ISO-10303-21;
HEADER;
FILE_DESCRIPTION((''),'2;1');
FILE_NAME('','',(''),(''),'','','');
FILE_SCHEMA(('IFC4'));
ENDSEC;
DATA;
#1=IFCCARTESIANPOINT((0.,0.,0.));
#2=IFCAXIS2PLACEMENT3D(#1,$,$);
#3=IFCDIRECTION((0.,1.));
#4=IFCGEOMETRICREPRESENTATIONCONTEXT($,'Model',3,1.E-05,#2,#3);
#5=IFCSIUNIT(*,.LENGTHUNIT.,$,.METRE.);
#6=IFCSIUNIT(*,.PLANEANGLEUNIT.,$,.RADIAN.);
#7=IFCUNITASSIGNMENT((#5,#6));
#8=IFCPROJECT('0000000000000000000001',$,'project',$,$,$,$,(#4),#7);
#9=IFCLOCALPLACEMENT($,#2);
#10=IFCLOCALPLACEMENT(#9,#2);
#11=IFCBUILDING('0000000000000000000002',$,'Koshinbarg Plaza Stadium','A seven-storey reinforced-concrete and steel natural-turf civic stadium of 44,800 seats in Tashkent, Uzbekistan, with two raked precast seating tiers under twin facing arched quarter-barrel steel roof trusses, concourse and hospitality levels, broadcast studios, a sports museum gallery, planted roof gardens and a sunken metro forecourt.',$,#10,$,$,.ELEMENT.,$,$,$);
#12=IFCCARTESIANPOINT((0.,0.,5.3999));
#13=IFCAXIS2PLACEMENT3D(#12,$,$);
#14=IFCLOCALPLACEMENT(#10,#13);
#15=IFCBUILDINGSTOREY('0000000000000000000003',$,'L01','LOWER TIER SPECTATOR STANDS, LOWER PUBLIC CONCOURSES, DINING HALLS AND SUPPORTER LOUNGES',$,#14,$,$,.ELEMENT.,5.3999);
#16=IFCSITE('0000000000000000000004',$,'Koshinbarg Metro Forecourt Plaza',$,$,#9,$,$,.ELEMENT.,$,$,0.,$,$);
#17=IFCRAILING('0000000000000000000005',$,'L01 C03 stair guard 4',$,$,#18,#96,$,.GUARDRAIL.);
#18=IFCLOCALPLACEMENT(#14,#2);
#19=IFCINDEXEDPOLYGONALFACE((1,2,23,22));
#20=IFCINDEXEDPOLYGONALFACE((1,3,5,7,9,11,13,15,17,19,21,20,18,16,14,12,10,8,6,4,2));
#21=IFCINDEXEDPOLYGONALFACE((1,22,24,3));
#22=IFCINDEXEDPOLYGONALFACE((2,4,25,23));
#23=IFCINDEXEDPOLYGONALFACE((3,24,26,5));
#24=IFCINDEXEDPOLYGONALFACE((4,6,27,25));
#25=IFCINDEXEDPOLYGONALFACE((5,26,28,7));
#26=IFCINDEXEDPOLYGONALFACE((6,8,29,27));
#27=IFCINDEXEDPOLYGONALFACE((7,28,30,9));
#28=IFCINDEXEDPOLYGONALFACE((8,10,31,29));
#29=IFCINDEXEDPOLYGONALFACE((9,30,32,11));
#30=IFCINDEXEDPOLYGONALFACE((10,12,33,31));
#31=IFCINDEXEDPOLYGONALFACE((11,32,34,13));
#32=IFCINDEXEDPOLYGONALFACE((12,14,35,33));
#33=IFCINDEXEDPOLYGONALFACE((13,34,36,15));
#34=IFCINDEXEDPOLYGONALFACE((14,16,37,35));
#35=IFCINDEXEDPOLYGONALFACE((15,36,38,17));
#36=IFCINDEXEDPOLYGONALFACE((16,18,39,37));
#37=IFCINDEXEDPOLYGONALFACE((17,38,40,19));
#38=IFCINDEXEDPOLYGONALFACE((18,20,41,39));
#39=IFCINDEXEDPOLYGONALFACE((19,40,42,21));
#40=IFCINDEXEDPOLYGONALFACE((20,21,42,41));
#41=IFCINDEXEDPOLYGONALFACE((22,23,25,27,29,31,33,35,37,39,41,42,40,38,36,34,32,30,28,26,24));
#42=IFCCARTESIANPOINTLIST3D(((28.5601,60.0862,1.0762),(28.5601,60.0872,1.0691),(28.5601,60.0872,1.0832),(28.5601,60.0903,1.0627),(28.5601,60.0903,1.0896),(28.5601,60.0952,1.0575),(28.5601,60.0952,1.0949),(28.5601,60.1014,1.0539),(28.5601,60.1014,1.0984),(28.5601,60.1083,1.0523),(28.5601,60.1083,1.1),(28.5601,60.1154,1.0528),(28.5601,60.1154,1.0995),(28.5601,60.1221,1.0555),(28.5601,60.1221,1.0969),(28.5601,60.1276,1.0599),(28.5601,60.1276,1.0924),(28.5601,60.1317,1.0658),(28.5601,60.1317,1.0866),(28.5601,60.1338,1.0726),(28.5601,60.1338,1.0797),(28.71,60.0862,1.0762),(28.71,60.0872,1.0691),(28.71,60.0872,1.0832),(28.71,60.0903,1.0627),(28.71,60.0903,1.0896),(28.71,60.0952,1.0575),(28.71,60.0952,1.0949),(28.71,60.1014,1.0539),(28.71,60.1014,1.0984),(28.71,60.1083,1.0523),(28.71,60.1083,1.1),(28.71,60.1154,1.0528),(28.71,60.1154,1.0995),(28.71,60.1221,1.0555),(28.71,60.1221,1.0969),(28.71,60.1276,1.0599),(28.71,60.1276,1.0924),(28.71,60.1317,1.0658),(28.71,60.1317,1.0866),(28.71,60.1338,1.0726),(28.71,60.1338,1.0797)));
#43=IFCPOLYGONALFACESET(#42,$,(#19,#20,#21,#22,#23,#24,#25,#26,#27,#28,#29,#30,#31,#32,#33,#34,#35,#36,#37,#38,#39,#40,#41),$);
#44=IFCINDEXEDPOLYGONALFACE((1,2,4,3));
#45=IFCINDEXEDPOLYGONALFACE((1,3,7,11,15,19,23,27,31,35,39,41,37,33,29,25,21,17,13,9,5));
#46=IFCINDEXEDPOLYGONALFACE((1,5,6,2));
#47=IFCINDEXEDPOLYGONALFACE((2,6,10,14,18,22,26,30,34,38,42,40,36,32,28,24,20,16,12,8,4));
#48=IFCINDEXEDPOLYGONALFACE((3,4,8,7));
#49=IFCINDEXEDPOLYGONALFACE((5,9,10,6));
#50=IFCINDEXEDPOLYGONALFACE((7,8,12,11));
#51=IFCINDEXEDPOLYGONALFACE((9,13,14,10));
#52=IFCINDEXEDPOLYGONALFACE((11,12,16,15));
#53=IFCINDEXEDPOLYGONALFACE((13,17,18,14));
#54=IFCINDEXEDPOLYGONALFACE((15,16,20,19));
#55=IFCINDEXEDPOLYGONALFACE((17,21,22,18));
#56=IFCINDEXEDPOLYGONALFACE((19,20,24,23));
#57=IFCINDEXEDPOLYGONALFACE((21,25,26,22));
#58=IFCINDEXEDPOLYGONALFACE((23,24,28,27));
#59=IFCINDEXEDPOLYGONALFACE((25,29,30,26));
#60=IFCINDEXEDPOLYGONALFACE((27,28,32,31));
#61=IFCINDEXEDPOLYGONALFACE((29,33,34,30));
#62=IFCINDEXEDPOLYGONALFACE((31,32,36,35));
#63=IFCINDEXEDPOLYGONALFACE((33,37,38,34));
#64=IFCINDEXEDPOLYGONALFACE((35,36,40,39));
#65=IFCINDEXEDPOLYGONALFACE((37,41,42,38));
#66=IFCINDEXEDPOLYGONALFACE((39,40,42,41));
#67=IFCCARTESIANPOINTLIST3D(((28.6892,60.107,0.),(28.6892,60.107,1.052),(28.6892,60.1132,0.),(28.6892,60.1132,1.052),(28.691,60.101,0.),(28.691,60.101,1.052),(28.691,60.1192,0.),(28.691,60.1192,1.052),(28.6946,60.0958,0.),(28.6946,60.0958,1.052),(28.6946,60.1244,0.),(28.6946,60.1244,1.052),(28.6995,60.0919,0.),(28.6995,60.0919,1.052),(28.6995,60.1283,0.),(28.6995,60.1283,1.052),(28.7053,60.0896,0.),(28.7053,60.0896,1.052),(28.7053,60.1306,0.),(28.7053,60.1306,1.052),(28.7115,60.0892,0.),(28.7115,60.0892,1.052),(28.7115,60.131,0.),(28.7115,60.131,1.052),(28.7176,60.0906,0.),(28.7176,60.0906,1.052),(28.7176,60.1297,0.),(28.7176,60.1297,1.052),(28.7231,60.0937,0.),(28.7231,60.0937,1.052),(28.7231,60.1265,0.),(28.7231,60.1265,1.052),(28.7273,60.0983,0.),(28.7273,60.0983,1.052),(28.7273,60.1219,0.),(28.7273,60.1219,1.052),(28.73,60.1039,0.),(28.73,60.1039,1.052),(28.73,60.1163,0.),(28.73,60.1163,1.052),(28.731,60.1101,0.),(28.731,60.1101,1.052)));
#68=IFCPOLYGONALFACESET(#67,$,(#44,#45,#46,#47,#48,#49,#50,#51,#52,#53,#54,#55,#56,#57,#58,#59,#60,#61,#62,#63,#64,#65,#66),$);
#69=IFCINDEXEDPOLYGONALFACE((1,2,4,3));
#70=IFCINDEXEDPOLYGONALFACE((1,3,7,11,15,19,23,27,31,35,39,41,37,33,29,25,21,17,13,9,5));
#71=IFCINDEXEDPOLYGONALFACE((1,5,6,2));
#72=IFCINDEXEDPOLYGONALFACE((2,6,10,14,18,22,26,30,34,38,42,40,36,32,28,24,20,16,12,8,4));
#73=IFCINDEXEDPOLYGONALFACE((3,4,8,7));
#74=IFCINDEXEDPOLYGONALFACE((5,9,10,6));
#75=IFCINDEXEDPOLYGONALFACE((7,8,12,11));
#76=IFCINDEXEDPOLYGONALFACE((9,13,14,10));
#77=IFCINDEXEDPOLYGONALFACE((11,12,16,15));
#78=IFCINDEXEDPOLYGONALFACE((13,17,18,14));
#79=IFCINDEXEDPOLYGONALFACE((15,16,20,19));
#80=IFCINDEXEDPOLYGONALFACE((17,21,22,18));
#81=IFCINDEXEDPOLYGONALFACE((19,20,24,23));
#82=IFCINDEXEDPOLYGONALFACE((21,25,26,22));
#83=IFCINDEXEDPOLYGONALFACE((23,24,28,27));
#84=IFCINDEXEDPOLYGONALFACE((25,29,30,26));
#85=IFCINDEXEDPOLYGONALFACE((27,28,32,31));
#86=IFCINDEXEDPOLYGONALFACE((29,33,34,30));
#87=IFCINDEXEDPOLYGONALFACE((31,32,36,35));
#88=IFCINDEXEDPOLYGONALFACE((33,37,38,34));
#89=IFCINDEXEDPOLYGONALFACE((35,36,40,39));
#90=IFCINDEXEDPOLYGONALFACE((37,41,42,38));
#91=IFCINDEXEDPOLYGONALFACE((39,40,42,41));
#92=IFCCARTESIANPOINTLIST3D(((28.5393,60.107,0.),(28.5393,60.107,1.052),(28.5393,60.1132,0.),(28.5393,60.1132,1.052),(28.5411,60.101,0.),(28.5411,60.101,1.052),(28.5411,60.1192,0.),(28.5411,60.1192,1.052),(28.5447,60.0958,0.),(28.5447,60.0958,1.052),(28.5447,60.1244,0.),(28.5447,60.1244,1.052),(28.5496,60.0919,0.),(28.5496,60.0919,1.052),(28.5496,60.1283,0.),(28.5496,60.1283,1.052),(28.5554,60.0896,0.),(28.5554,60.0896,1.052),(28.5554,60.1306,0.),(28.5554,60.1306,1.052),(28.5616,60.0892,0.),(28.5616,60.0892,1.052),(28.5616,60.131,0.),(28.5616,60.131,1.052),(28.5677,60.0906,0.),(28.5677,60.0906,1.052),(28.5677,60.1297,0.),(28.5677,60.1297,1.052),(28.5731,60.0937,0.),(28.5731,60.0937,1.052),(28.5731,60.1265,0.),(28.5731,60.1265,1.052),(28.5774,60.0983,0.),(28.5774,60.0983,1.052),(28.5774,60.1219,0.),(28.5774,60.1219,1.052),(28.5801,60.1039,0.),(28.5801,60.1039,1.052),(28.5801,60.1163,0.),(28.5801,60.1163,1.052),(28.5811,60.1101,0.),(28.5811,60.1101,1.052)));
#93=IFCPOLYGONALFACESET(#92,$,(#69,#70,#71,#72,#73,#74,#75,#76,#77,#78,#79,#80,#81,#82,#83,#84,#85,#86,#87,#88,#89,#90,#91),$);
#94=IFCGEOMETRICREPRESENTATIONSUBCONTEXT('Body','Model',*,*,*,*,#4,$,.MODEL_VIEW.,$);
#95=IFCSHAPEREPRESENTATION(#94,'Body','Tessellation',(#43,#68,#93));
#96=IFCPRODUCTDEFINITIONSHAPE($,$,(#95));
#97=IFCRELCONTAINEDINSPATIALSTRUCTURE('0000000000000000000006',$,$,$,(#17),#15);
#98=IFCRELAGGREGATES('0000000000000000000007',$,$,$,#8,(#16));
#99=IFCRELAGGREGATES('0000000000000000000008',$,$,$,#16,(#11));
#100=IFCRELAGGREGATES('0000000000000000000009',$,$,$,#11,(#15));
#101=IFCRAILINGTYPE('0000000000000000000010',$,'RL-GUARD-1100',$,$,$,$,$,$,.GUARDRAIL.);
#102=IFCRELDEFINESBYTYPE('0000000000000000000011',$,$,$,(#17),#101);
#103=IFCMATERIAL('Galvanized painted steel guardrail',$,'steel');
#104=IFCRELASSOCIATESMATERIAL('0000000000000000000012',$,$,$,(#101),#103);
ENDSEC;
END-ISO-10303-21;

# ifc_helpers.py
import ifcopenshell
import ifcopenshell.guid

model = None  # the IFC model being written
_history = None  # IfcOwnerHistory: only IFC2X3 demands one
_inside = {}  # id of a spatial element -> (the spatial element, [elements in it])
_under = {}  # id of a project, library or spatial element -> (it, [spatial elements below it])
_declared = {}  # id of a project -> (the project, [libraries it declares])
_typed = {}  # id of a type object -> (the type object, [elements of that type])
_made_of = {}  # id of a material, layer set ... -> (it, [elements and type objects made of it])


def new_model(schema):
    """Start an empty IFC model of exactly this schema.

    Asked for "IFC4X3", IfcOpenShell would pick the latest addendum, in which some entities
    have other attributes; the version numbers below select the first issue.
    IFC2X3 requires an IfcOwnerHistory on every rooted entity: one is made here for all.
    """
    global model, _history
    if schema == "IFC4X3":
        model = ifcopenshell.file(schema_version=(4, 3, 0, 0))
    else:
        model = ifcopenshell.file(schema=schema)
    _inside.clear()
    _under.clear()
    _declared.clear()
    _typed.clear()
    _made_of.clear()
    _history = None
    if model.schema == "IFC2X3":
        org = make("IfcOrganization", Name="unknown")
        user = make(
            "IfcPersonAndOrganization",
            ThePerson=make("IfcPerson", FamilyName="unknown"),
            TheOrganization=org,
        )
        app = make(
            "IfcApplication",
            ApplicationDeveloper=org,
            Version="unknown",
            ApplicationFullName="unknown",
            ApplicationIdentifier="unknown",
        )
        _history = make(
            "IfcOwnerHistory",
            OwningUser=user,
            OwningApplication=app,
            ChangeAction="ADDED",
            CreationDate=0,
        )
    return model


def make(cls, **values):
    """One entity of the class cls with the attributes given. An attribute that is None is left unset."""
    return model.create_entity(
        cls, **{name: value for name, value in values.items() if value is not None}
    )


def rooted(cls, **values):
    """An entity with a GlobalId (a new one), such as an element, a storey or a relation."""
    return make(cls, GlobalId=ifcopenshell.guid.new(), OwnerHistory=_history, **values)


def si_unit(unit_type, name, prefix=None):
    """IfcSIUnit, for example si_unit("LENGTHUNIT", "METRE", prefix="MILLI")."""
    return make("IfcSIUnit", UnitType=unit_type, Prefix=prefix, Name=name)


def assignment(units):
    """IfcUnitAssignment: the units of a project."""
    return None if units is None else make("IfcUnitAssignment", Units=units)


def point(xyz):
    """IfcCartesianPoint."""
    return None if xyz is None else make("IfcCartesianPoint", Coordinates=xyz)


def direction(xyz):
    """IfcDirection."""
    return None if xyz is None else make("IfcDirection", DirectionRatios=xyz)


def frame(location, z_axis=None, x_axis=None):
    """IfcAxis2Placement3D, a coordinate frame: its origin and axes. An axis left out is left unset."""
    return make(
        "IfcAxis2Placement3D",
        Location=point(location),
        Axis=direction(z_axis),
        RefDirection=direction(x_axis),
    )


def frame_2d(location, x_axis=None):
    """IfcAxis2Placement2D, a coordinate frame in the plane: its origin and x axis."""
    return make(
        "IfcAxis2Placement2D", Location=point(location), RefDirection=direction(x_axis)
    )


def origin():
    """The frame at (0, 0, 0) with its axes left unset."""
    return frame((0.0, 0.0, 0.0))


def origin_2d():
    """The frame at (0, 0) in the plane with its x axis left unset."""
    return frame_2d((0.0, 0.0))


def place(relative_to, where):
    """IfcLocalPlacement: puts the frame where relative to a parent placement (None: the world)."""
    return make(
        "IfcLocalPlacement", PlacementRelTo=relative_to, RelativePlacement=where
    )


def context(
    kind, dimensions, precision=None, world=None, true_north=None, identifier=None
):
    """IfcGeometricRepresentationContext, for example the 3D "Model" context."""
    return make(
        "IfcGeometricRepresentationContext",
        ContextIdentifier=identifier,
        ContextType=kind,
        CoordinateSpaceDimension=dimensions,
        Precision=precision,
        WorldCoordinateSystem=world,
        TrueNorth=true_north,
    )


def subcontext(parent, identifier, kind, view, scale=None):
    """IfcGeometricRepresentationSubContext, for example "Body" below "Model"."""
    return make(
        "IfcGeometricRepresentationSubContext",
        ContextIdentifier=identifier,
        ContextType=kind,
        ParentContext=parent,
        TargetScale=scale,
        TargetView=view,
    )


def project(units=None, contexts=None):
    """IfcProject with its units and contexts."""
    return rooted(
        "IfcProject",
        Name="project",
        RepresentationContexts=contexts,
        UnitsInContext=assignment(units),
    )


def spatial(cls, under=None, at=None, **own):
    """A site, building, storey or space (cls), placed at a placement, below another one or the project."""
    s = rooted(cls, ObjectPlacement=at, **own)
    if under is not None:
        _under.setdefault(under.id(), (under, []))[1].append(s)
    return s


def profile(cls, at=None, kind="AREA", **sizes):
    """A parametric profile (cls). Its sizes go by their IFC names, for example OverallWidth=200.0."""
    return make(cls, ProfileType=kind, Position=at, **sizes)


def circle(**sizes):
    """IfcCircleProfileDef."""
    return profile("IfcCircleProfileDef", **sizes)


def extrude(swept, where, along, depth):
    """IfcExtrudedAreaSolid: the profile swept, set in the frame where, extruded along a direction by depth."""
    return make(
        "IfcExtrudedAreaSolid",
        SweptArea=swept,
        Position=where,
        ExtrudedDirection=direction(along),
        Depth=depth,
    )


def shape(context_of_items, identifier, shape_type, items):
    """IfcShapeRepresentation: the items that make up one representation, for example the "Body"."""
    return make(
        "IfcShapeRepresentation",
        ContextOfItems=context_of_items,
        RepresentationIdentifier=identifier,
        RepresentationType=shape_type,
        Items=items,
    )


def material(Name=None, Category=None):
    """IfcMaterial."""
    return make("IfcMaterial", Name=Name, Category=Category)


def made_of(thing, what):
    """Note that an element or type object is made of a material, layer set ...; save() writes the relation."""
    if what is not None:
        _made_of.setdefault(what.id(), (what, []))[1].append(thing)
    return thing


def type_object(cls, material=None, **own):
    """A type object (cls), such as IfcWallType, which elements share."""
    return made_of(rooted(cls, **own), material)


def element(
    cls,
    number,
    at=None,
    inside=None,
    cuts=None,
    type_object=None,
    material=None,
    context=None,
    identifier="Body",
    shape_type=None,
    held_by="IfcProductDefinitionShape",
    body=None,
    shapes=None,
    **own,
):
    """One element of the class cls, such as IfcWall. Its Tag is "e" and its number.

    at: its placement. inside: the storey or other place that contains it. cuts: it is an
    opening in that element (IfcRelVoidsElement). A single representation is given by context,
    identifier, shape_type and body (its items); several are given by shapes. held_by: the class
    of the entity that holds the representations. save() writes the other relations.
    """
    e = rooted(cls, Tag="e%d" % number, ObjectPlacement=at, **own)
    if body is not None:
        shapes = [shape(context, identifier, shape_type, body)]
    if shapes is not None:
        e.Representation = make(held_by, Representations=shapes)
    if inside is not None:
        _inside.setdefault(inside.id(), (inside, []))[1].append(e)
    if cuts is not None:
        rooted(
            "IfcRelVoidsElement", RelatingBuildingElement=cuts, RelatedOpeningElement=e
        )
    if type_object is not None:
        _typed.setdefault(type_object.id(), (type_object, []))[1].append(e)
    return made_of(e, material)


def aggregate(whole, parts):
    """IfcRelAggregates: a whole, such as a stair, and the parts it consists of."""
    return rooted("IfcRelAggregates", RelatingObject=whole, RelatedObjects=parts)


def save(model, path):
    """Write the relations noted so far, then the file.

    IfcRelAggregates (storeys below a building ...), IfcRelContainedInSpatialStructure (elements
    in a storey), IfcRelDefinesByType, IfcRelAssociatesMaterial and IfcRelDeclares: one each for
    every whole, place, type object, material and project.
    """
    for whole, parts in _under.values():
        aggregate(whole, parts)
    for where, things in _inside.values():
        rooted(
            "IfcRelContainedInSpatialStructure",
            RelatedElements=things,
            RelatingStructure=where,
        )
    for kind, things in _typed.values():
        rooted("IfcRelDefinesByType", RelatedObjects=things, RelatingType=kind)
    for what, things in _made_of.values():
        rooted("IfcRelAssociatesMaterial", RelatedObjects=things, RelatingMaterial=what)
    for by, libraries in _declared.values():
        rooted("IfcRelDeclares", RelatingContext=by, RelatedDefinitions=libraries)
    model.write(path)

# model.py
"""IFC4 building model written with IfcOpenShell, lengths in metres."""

from ifc_helpers import new_model, si_unit, direction, frame, origin, origin_2d, place, context, subcontext, project, spatial, circle, extrude, material, type_object, element, save


model = new_model("IFC4")

# Units and contexts
model_context = context("Model", 3, precision=1e-05, world=origin(), true_north=direction((0.0, 1.0)))
body_context = subcontext(model_context, "Body", "Model", "MODEL_VIEW")
ifc_project = project(units=[si_unit("LENGTHUNIT", "METRE"), si_unit("PLANEANGLEUNIT", "RADIAN")], contexts=[model_context])

# Site, building, storey
site_placement = place(None, origin())
site = spatial("IfcSite", under=ifc_project, at=site_placement, Name="Koshinbarg Metro Forecourt Plaza", CompositionType="ELEMENT", RefElevation=0.0)
building_placement = place(site_placement, origin())
building = spatial("IfcBuilding", under=site, at=building_placement, Name="Koshinbarg Plaza Stadium", Description="A seven-storey reinforced-concrete and steel natural-turf civic stadium of 44,800 seats in Tashkent, Uzbekistan, with two raked precast seating tiers under twin facing arched quarter-barrel steel roof trusses, concourse and hospitality levels, broadcast studios, a sports museum gallery, planted roof gardens and a sunken metro forecourt.", CompositionType="ELEMENT")
storey_placement = place(building_placement, frame((0.0, 0.0, 5.3999)))
storey = spatial("IfcBuildingStorey", under=building, at=storey_placement, Name="L01", Description="LOWER TIER SPECTATOR STANDS, LOWER PUBLIC CONCOURSES, DINING HALLS AND SUPPORTER LOUNGES", CompositionType="ELEMENT", Elevation=5.3999)

# Railing
ifc_material_1 = material(Name="Galvanized painted steel guardrail", Category="steel")
railing_type_1 = type_object("IfcRailingType", Name="RL-GUARD-1100", PredefinedType="GUARDRAIL", material=ifc_material_1)
railing_1_placement = place(storey_placement, frame((28.71, 60.1101, 0.0)))
element("IfcRailing", 1, at=railing_1_placement, inside=storey, type_object=railing_type_1, Name="L01 C03 stair guard 4", PredefinedType="GUARDRAIL", context=body_context, shape_type="SweptSolid", body=[
    extrude(circle(Radius=0.0239, at=origin_2d()), frame((0.0, 0.0, 1.0762), z_axis=(-1.0, 0.0, 0.0), x_axis=(0.0, -1.0, 0.0)), (0.0, 0.0, 1.0), 0.1499),
    extrude(circle(Radius=0.021, at=origin_2d()), origin(), (0.0, 0.0, 1.0), 1.052),
    extrude(circle(Radius=0.021, at=origin_2d()), frame((-0.1499, 0.0, 0.0)), (0.0, 0.0, 1.0), 1.052),
])

save(model, "model.ifc")
